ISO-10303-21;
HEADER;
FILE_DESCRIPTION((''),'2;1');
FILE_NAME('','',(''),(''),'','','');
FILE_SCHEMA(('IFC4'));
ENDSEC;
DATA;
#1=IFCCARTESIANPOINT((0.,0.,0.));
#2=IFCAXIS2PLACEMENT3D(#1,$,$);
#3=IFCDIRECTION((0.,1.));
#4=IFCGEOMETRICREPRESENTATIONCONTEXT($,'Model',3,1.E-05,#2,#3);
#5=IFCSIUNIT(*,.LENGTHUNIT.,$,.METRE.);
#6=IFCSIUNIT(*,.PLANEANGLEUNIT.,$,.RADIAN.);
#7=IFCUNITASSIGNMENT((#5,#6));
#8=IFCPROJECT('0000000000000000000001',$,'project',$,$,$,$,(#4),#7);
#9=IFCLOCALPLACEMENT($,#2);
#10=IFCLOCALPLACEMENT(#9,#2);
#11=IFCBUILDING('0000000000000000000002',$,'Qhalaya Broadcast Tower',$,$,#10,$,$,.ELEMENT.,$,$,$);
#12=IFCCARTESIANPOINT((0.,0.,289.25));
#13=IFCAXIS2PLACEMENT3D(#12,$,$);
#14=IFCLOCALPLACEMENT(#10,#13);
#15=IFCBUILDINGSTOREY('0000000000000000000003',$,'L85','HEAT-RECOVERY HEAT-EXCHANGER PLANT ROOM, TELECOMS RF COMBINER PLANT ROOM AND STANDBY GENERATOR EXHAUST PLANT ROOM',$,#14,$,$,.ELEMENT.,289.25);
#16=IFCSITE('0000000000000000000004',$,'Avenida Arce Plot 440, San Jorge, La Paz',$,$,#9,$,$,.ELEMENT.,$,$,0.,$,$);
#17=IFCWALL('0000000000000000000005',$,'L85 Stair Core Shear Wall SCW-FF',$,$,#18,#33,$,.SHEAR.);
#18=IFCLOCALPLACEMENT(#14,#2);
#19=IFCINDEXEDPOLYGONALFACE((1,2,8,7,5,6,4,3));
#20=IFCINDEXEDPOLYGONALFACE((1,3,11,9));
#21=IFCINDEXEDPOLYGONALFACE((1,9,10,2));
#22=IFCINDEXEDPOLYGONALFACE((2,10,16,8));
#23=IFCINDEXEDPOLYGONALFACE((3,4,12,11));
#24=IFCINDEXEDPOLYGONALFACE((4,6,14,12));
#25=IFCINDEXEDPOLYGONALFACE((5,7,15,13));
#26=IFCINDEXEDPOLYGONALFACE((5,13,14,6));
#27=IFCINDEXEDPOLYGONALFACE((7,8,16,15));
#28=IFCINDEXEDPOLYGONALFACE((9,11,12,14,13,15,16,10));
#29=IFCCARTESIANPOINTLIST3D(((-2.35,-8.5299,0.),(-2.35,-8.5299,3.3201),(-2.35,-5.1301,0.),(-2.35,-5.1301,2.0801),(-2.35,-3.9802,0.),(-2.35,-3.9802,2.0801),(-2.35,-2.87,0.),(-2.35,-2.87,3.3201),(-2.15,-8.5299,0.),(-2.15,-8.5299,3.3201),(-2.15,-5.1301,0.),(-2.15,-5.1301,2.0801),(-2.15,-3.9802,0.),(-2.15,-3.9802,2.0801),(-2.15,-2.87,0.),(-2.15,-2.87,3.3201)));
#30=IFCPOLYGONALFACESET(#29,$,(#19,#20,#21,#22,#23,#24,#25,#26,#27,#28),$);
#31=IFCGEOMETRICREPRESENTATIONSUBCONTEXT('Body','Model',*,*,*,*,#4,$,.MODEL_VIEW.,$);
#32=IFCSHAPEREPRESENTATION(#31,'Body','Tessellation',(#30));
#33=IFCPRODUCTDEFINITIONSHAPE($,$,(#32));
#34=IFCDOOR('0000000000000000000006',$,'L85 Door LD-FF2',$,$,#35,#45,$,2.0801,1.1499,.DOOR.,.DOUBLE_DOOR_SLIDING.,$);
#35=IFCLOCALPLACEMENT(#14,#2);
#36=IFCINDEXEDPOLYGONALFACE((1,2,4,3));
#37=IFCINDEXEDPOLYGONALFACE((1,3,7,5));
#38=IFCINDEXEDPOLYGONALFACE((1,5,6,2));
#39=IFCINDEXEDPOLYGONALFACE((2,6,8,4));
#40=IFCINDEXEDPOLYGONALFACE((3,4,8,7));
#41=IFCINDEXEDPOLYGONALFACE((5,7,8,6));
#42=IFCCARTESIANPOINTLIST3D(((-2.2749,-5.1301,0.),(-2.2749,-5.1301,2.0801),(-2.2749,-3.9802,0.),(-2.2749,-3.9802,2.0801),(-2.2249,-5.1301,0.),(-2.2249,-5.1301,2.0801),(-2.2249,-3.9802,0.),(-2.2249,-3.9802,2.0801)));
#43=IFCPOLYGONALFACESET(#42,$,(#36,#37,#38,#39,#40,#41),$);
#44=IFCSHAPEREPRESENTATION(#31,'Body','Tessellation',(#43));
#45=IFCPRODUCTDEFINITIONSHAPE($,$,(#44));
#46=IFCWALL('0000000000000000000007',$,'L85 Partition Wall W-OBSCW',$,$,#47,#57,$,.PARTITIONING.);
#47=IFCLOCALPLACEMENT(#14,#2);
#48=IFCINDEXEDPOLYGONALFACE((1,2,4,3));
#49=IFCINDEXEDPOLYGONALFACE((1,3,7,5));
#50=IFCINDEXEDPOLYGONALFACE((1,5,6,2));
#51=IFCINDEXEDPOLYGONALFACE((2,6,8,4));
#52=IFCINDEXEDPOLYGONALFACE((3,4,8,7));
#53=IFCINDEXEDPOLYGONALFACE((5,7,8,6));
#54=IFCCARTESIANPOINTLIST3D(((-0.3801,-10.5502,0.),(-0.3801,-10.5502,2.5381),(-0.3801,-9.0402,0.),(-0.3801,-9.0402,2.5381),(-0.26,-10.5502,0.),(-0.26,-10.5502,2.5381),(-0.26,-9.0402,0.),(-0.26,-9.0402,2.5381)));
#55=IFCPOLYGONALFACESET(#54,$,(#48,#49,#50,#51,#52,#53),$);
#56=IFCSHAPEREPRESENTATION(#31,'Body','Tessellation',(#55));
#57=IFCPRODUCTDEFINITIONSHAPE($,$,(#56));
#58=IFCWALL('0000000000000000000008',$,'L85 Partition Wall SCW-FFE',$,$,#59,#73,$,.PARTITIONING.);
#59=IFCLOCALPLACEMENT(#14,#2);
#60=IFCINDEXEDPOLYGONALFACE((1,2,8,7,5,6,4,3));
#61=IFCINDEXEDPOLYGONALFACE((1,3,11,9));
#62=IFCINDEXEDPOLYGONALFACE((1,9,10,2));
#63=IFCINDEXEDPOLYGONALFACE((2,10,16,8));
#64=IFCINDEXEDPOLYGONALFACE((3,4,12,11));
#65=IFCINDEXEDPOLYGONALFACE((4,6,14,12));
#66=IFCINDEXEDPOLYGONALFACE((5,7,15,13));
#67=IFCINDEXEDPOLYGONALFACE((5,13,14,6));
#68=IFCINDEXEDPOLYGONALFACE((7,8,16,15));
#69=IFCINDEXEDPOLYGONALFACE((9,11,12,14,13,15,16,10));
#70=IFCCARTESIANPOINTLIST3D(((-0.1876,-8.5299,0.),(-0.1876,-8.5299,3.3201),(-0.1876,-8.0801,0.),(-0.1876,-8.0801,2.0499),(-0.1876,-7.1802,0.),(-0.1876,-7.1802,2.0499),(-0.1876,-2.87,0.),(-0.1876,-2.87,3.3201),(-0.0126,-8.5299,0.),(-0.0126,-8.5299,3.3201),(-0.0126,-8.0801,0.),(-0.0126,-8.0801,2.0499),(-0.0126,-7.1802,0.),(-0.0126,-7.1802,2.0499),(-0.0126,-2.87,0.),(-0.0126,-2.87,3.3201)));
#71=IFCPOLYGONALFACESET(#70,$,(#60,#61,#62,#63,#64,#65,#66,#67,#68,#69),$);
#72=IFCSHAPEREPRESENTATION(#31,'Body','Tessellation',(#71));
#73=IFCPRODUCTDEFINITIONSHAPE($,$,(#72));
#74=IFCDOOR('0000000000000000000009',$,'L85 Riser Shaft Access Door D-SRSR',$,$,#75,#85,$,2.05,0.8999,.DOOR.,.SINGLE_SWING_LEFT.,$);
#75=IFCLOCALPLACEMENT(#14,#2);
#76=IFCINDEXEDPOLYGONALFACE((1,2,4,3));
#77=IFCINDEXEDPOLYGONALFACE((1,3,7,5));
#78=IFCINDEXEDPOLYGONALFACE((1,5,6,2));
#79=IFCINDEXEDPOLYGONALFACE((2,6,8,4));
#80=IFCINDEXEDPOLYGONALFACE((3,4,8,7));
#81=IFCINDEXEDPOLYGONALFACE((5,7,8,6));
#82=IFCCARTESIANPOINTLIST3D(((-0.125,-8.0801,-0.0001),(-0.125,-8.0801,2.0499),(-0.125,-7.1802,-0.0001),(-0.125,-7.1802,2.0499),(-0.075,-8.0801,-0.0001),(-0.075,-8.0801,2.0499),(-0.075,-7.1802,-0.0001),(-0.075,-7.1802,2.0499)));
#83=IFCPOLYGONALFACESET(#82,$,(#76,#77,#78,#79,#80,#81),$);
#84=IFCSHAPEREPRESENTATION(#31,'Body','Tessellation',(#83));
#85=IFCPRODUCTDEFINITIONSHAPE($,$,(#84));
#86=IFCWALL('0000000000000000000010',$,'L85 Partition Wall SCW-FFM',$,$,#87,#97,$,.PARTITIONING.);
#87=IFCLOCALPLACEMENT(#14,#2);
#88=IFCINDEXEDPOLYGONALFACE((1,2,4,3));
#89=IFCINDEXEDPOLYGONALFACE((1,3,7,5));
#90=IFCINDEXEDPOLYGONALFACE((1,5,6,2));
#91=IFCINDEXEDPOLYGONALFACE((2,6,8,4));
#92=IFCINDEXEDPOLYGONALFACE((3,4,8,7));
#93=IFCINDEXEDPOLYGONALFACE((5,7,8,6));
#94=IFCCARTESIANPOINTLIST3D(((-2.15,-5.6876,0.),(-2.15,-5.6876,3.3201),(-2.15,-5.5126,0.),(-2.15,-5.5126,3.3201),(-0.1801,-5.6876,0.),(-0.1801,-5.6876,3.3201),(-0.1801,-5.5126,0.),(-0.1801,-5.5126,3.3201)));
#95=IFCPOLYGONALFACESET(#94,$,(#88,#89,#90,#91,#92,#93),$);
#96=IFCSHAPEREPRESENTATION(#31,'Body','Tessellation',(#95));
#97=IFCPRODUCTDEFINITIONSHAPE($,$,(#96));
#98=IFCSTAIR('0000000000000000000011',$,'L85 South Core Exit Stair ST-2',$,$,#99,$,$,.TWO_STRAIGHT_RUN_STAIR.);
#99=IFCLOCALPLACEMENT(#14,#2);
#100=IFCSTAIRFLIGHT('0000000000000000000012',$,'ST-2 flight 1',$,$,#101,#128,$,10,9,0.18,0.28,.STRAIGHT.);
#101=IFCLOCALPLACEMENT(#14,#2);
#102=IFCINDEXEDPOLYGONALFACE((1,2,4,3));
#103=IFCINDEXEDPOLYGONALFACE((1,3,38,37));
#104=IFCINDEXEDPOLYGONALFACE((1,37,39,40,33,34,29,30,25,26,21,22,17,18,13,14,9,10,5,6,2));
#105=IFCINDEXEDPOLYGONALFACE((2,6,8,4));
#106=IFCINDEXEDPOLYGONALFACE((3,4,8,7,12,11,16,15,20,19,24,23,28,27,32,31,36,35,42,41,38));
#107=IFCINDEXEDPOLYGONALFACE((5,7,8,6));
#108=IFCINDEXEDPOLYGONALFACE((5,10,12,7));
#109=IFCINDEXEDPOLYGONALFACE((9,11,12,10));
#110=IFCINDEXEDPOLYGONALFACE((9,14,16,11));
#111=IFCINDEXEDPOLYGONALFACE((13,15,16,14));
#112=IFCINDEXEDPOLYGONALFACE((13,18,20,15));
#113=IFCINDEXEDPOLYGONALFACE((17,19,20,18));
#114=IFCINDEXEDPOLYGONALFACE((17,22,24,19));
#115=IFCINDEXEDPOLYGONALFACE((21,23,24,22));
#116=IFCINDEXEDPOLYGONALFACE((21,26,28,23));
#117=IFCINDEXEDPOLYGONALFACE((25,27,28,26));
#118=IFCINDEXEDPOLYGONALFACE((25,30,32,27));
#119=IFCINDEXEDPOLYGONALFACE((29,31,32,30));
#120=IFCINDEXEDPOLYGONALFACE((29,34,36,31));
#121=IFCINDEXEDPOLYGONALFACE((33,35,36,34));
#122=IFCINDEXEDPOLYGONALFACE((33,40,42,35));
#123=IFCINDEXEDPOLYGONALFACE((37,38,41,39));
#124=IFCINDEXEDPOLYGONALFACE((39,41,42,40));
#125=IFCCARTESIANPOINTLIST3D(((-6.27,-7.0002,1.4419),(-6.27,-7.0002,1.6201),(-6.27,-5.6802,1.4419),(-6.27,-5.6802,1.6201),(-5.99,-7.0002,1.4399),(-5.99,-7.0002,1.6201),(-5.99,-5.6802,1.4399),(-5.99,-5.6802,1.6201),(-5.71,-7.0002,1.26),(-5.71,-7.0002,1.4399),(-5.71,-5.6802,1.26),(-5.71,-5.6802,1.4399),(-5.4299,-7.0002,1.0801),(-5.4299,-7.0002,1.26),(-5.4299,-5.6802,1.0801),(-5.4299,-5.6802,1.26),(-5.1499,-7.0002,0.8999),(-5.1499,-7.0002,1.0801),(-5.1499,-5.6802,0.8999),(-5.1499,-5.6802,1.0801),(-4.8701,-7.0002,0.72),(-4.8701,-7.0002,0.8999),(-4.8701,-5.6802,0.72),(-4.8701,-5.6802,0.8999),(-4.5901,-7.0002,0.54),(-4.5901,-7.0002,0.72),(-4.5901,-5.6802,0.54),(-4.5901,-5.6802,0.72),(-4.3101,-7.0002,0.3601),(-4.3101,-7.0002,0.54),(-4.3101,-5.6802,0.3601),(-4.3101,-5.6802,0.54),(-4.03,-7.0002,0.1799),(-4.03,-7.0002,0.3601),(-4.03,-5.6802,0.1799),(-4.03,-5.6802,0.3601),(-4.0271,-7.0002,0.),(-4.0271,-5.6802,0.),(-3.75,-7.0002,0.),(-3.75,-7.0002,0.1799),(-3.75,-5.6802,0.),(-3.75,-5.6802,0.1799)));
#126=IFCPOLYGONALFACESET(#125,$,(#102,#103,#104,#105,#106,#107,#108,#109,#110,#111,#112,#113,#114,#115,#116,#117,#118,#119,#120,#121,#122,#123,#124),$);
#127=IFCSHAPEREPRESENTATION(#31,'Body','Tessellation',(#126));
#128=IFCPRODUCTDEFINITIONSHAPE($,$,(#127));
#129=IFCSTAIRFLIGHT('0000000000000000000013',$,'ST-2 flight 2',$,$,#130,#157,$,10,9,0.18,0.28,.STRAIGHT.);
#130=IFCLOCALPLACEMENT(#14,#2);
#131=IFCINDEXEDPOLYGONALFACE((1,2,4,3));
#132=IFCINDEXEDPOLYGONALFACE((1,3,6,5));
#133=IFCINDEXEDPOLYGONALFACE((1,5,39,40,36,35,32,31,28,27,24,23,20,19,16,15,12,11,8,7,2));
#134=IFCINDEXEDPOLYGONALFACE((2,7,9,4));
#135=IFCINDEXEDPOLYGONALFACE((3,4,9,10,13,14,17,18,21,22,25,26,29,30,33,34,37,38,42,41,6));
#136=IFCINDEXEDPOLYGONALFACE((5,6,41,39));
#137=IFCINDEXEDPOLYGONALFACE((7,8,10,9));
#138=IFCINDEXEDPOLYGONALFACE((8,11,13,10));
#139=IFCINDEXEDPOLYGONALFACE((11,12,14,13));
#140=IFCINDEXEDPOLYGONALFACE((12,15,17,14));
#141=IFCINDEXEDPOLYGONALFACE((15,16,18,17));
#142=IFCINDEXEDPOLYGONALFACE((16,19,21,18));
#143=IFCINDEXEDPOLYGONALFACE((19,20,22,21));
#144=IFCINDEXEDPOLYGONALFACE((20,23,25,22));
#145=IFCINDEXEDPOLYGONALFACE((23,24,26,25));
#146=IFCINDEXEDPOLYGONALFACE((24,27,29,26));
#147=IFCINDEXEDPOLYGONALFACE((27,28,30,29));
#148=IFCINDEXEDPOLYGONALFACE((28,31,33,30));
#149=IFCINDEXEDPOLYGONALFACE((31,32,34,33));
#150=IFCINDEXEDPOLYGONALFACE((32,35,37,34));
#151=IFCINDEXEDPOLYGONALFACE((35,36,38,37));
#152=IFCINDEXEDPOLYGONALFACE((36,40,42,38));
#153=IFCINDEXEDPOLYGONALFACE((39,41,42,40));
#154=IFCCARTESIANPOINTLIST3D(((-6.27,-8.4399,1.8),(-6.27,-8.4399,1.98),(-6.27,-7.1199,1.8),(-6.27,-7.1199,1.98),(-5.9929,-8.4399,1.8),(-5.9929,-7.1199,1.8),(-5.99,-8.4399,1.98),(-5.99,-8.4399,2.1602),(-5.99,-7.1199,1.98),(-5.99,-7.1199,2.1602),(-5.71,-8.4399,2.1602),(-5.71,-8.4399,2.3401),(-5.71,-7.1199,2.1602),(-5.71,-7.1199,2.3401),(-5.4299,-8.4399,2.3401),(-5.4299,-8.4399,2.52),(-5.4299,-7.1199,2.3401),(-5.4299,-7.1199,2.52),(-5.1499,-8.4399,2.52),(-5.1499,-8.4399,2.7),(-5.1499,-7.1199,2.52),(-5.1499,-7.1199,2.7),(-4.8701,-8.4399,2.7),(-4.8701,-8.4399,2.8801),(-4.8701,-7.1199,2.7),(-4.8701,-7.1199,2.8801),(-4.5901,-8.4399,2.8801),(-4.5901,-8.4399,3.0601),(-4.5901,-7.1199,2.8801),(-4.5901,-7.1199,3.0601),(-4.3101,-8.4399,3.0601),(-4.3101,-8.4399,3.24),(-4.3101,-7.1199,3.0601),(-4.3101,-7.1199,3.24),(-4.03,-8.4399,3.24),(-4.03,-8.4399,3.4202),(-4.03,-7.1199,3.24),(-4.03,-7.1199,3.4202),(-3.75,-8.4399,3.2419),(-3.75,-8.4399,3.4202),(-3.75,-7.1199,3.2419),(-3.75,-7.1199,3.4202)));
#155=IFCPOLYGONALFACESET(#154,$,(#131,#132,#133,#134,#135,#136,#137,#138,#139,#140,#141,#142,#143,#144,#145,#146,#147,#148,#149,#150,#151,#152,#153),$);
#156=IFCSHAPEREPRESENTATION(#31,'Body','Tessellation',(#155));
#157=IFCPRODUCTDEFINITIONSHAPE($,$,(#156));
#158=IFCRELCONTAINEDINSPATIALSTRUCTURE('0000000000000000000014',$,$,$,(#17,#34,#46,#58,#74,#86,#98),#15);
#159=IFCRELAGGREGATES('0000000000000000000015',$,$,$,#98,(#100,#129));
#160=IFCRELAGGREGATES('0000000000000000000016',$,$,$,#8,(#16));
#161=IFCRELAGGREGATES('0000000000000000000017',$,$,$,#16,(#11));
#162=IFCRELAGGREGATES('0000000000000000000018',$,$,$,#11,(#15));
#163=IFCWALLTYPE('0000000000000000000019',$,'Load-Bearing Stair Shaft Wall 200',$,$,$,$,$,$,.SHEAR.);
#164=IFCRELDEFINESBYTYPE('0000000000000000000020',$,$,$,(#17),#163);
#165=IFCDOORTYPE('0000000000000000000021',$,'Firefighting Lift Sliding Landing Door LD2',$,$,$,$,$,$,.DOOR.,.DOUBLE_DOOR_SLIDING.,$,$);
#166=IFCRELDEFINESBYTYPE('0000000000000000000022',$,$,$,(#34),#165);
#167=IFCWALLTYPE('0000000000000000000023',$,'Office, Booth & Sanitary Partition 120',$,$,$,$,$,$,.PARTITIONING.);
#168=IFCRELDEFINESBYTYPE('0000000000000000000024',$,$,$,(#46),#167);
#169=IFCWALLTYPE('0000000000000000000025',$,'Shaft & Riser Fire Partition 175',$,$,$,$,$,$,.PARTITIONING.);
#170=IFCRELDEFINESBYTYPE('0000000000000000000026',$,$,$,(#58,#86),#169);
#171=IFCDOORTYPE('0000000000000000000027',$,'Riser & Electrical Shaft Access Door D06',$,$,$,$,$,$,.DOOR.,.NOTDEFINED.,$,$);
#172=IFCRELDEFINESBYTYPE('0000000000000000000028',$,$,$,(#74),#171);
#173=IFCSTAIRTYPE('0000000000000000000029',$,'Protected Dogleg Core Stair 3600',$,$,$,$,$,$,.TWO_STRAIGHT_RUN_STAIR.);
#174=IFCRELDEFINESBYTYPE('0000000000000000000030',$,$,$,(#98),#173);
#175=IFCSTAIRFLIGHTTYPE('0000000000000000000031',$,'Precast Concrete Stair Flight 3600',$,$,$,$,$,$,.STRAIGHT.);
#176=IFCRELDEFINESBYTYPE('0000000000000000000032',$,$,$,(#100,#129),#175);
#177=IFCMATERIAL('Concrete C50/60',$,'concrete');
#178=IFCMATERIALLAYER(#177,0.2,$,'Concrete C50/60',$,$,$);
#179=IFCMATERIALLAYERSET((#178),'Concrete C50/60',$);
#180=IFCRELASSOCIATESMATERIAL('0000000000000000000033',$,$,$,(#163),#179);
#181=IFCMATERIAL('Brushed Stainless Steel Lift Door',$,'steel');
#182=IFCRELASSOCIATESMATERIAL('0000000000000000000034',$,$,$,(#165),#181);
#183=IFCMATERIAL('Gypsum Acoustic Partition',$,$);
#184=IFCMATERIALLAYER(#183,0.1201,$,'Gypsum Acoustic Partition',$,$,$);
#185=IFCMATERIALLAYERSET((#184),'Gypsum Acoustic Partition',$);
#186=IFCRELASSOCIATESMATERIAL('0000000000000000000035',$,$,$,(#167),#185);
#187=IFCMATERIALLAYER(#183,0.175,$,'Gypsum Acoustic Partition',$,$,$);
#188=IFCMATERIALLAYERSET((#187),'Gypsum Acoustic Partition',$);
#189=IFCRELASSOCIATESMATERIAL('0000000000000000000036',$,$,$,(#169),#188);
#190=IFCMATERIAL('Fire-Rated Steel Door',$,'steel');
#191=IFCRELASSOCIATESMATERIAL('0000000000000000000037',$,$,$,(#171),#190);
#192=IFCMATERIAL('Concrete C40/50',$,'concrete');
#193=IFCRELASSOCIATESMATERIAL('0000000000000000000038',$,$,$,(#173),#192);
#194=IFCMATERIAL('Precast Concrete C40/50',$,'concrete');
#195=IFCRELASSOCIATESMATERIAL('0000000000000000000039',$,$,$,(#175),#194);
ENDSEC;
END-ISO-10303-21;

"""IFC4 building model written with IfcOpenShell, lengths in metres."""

from ifc_helpers import new_model, si_unit, direction, frame, frame_2d, origin, place, context, subcontext, project, spatial, polyline, rectangle, outline, extrude, material, layer, layer_set, type_object, element, fill, aggregate, save


model = new_model("IFC4")

# Units and contexts
model_context = context("Model", 3, precision=1e-05, world=origin(), true_north=direction((0.0, 1.0)))
body_context = subcontext(model_context, "Body", "Model", "MODEL_VIEW")
ifc_project = project(units=[si_unit("LENGTHUNIT", "METRE"), si_unit("PLANEANGLEUNIT", "RADIAN")], contexts=[model_context])

# Site, building, storey
site_placement = place(None, origin())
site = spatial("IfcSite", under=ifc_project, at=site_placement, Name="Avenida Arce Plot 440, San Jorge, La Paz", CompositionType="ELEMENT", RefElevation=0.0)
building_placement = place(site_placement, origin())
building = spatial("IfcBuilding", under=site, at=building_placement, Name="Qhalaya Broadcast Tower", CompositionType="ELEMENT")
storey_placement = place(building_placement, frame((0.0, 0.0, 289.25)))
storey = spatial("IfcBuildingStorey", under=building, at=storey_placement, Name="L85", Description="HEAT-RECOVERY HEAT-EXCHANGER PLANT ROOM, TELECOMS RF COMBINER PLANT ROOM AND STANDBY GENERATOR EXHAUST PLANT ROOM", CompositionType="ELEMENT", Elevation=289.25)

# Shared definitions
ifc_material_1 = material(Name="Concrete C50/60", Category="concrete")

# Wall, opening, door
ifc_layer_1 = layer(ifc_material_1, 0.2, Name="Concrete C50/60")
ifc_layer_set_1 = layer_set([ifc_layer_1], Name="Concrete C50/60")
wall_type_1 = type_object("IfcWallType", Name="Load-Bearing Stair Shaft Wall 200", PredefinedType="SHEAR", material=ifc_layer_set_1)
ifc_material_2 = material(Name="Fire-Rated Steel Door", Category="steel")
wall_1_placement = place(storey_placement, frame((-2.25, -8.53, 0.0), z_axis=(0.0, 0.0, 1.0), x_axis=(0.0, 1.0, 0.0)))
wall_1 = element("IfcWall", 1, at=wall_1_placement, inside=storey, type_object=wall_type_1, Name="L85 Stair Core Shear Wall SCW-FF", PredefinedType="SHEAR", context=body_context, shape_type="SweptSolid", body=[
    extrude(rectangle(XDim=5.6599, YDim=0.2, at=frame_2d((2.8301, 0.0))), origin(), (0.0, 0.0, 1.0), 3.3201),
])
opening_1_placement = place(wall_1_placement, frame((3.3999, 0.0, 0.0)))
opening_1 = element("IfcOpeningElement", 2, at=opening_1_placement, cuts=wall_1, PredefinedType="OPENING", context=body_context, shape_type="SweptSolid", body=[
    extrude(rectangle(XDim=1.1499, YDim=2.0801, at=frame_2d((0.575, 1.04))), frame((0.0, 0.1121, 0.0), z_axis=(0.0, -1.0, 0.0), x_axis=(1.0, 0.0, 0.0)), (0.0, 0.0, 1.0), 0.2239),
])
ifc_material_3 = material(Name="Brushed Stainless Steel Lift Door", Category="steel")
door_type_1 = type_object("IfcDoorType", Name="Firefighting Lift Sliding Landing Door LD2", OperationType="DOUBLE_DOOR_SLIDING", PredefinedType="DOOR", material=ifc_material_3)
door_1_placement = place(opening_1_placement, origin())
door_1 = element("IfcDoor", 3, at=door_1_placement, inside=storey, type_object=door_type_1, Name="L85 Door LD-FF2", OperationType="DOUBLE_DOOR_SLIDING", OverallHeight=2.0801, OverallWidth=1.1499, PredefinedType="DOOR", context=body_context, shape_type="SweptSolid", body=[
    extrude(rectangle(XDim=1.1499, YDim=2.0801, at=frame_2d((0.575, 1.04))), frame((0.0, 0.0249, 0.0), z_axis=(0.0, -1.0, 0.0), x_axis=(1.0, 0.0, 0.0)), (0.0, 0.0, 1.0), 0.05),
])
fill(opening_1, door_1)

# Wall
ifc_material_4 = material(Name="Gypsum Acoustic Partition")
ifc_layer_2 = layer(ifc_material_4, 0.1201, Name="Gypsum Acoustic Partition")
ifc_layer_set_2 = layer_set([ifc_layer_2], Name="Gypsum Acoustic Partition")
wall_type_2 = type_object("IfcWallType", Name="Office, Booth & Sanitary Partition 120", PredefinedType="PARTITIONING", material=ifc_layer_set_2)
wall_2_placement = place(storey_placement, frame((-0.3201, -10.55, 0.0), z_axis=(0.0, 0.0, 1.0), x_axis=(0.0, 1.0, 0.0)))
element("IfcWall", 4, at=wall_2_placement, inside=storey, type_object=wall_type_2, Name="L85 Partition Wall W-OBSCW", PredefinedType="PARTITIONING", context=body_context, shape_type="SweptSolid", body=[
    extrude(rectangle(XDim=1.51, YDim=0.1201, at=frame_2d((0.7549, 0.0))), origin(), (0.0, 0.0, 1.0), 2.5381),
])

# Wall, opening, door
ifc_layer_3 = layer(ifc_material_4, 0.175, Name="Gypsum Acoustic Partition")
ifc_layer_set_3 = layer_set([ifc_layer_3], Name="Gypsum Acoustic Partition")
wall_type_3 = type_object("IfcWallType", Name="Shaft & Riser Fire Partition 175", PredefinedType="PARTITIONING", material=ifc_layer_set_3)
wall_3_placement = place(storey_placement, frame((-0.1001, -8.53, 0.0), z_axis=(0.0, 0.0, 1.0), x_axis=(0.0, 1.0, 0.0)))
wall_3 = element("IfcWall", 5, at=wall_3_placement, inside=storey, type_object=wall_type_3, Name="L85 Partition Wall SCW-FFE", PredefinedType="PARTITIONING", context=body_context, shape_type="SweptSolid", body=[
    extrude(rectangle(XDim=5.6599, YDim=0.175, at=frame_2d((2.8301, 0.0))), origin(), (0.0, 0.0, 1.0), 3.3201),
])
opening_2_placement = place(wall_3_placement, frame((0.45, 0.0, 0.0)))
opening_2 = element("IfcOpeningElement", 6, at=opening_2_placement, cuts=wall_3, PredefinedType="OPENING", context=body_context, shape_type="SweptSolid", body=[
    extrude(rectangle(XDim=0.8999, YDim=2.05, at=frame_2d((0.45, 1.0249))), frame((0.0, 0.0996, 0.0), z_axis=(0.0, -1.0, 0.0), x_axis=(1.0, 0.0, 0.0)), (0.0, 0.0, 1.0), 0.199),
])
door_type_2 = type_object("IfcDoorType", Name="Riser & Electrical Shaft Access Door D06", OperationType="NOTDEFINED", PredefinedType="DOOR", material=ifc_material_2)
door_2_placement = place(opening_2_placement, origin())
door_2 = element("IfcDoor", 7, at=door_2_placement, inside=storey, type_object=door_type_2, Name="L85 Riser Shaft Access Door D-SRSR", OperationType="SINGLE_SWING_LEFT", OverallHeight=2.05, OverallWidth=0.8999, PredefinedType="DOOR", context=body_context, shape_type="SweptSolid", body=[
    extrude(rectangle(XDim=0.8999, YDim=2.05, at=frame_2d((0.45, 1.0249))), frame((0.0, 0.0249, 0.0), z_axis=(0.0, -1.0, 0.0), x_axis=(1.0, 0.0, 0.0)), (0.0, 0.0, 1.0), 0.05),
])
fill(opening_2, door_2)

# Wall
wall_4_placement = place(storey_placement, frame((-2.1499, -5.6001, 0.0), z_axis=(0.0, 0.0, 1.0), x_axis=(1.0, 0.0, 0.0)))
element("IfcWall", 8, at=wall_4_placement, inside=storey, type_object=wall_type_3, Name="L85 Partition Wall SCW-FFM", PredefinedType="PARTITIONING", context=body_context, shape_type="SweptSolid", body=[
    extrude(rectangle(XDim=1.97, YDim=0.175, at=frame_2d((0.9849, 0.0))), origin(), (0.0, 0.0, 1.0), 3.3201),
])

# Stair, stair flights
ifc_material_5 = material(Name="Concrete C40/50", Category="concrete")
stair_type = type_object("IfcStairType", Name="Protected Dogleg Core Stair 3600", PredefinedType="TWO_STRAIGHT_RUN_STAIR", material=ifc_material_5)
stair_placement = place(storey_placement, origin())
stair = element("IfcStair", 9, at=stair_placement, inside=storey, type_object=stair_type, Name="L85 South Core Exit Stair ST-2", PredefinedType="TWO_STRAIGHT_RUN_STAIR")
ifc_material_6 = material(Name="Precast Concrete C40/50", Category="concrete")
stair_flight_type = type_object("IfcStairFlightType", Name="Precast Concrete Stair Flight 3600", PredefinedType="STRAIGHT", material=ifc_material_6)
stair_flight_1_placement = place(storey_placement, frame((-3.75, -6.3401, 0.0), z_axis=(0.0, 0.0, 1.0), x_axis=(-1.0, 0.0, 0.0)))
stair_flight_1 = element("IfcStairFlight", 10, at=stair_flight_1_placement, type_object=stair_flight_type, Name="ST-2 flight 1", NumberOfRisers=10, NumberOfTreads=9, PredefinedType="STRAIGHT", RiserHeight=0.18, TreadLength=0.28, context=body_context, shape_type="SweptSolid", body=[
    extrude(outline(polyline([(0.0, 0.0), (0.0, 0.1799), (0.28, 0.1799), (0.28, 0.3601), (0.5601, 0.3601), (0.5601, 0.54), (0.8401, 0.54), (0.8401, 0.72), (1.1201, 0.72), (1.1201, 0.8999), (1.3999, 0.8999), (1.3999, 1.0801), (1.6799, 1.0801), (1.6799, 1.26), (1.96, 1.26), (1.96, 1.4399), (2.24, 1.4399), (2.24, 1.6201), (2.52, 1.6201), (2.52, 1.8), (2.52, 1.4419), (0.2771, 0.0), (0.0, 0.0)])), frame((0.0, 0.6602, 0.0), z_axis=(0.0, -1.0, 0.0), x_axis=(1.0, 0.0, 0.0)), (0.0, 0.0, 1.0), 1.3201),
])
stair_flight_2_placement = place(storey_placement, frame((-6.27, -7.78, 1.8), z_axis=(0.0, 0.0, 1.0), x_axis=(1.0, 0.0, 0.0)))
stair_flight_2 = element("IfcStairFlight", 11, at=stair_flight_2_placement, type_object=stair_flight_type, Name="ST-2 flight 2", NumberOfRisers=10, NumberOfTreads=9, PredefinedType="STRAIGHT", RiserHeight=0.18, TreadLength=0.28, context=body_context, shape_type="SweptSolid", body=[
    extrude(outline(polyline([(0.0, 0.0), (0.0, 0.1799), (0.28, 0.1799), (0.28, 0.3601), (0.5601, 0.3601), (0.5601, 0.54), (0.8401, 0.54), (0.8401, 0.72), (1.1201, 0.72), (1.1201, 0.8999), (1.3999, 0.8999), (1.3999, 1.0801), (1.6799, 1.0801), (1.6799, 1.26), (1.96, 1.26), (1.96, 1.4399), (2.24, 1.4399), (2.24, 1.6201), (2.52, 1.6201), (2.52, 1.8), (2.52, 1.4419), (0.2771, 0.0), (0.0, 0.0)])), frame((0.0, 0.6602, 0.0), z_axis=(0.0, -1.0, 0.0), x_axis=(1.0, 0.0, 0.0)), (0.0, 0.0, 1.0), 1.3201),
])
aggregate(stair, [stair_flight_1, stair_flight_2])

save(model, "model.ifc")
